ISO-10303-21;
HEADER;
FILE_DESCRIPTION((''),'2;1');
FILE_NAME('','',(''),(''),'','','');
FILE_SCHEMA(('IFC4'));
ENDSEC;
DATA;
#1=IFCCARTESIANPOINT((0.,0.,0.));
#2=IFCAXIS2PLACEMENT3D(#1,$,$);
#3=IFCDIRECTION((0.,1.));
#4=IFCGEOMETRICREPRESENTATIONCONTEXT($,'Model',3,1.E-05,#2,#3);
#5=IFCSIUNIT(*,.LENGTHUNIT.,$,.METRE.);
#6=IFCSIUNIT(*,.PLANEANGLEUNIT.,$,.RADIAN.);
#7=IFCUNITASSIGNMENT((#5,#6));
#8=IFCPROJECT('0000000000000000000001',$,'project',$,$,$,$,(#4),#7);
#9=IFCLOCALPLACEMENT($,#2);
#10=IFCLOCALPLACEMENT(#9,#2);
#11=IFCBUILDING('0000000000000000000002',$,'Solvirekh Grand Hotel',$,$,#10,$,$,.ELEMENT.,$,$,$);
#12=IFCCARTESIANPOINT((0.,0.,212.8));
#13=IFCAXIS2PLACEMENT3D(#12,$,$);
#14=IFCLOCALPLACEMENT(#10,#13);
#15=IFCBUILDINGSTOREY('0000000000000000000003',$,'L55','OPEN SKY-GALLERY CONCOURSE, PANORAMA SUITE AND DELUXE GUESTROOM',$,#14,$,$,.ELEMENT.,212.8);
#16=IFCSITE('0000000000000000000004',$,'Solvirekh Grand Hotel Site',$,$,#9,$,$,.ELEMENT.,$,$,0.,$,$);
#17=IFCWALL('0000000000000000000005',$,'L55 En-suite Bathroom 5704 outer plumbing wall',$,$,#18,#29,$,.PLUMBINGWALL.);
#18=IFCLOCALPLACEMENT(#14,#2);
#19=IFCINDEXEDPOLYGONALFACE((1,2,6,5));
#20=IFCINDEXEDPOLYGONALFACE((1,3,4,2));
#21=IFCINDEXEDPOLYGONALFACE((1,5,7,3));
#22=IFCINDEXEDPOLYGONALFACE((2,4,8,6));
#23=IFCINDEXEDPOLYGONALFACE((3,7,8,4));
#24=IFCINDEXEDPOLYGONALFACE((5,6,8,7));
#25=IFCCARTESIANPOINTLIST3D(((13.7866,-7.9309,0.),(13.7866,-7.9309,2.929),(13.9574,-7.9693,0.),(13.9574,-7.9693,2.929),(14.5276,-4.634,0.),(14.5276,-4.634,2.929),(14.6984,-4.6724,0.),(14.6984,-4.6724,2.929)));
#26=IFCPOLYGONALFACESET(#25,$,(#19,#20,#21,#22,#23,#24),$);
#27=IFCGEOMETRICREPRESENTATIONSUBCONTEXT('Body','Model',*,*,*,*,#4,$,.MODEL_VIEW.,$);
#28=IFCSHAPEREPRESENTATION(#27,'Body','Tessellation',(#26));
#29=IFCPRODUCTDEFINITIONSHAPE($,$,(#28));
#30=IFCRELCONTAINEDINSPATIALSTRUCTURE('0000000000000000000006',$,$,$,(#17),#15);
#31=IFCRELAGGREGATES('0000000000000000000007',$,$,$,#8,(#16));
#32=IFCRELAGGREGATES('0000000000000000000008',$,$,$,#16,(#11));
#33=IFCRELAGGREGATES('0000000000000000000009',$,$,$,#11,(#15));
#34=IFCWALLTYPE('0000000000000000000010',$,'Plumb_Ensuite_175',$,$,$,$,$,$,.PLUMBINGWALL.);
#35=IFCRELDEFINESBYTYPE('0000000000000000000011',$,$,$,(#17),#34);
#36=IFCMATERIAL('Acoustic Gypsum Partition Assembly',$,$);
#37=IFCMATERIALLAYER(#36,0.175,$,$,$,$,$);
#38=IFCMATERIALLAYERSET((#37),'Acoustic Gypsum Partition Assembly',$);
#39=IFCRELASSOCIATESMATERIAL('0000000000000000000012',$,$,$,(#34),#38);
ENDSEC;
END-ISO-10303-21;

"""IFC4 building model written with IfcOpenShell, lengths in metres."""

from ifc_helpers import new_model, si_unit, direction, frame, frame_2d, origin, place, context, subcontext, project, spatial, rectangle, extrude, material, layer, layer_set, type_object, element, save


model = new_model("IFC4")

# Units and contexts
model_context = context("Model", 3, precision=1e-05, world=origin(), true_north=direction((0.0, 1.0)))
body_context = subcontext(model_context, "Body", "Model", "MODEL_VIEW")
ifc_project = project(units=[si_unit("LENGTHUNIT", "METRE"), si_unit("PLANEANGLEUNIT", "RADIAN")], contexts=[model_context])

# Site, building, storey
site_placement = place(None, origin())
site = spatial("IfcSite", under=ifc_project, at=site_placement, Name="Solvirekh Grand Hotel Site", CompositionType="ELEMENT", RefElevation=0.0)
building_placement = place(site_placement, origin())
building = spatial("IfcBuilding", under=site, at=building_placement, Name="Solvirekh Grand Hotel", CompositionType="ELEMENT")
storey_placement = place(building_placement, frame((0.0, 0.0, 212.8)))
storey = spatial("IfcBuildingStorey", under=building, at=storey_placement, Name="L55", Description="OPEN SKY-GALLERY CONCOURSE, PANORAMA SUITE AND DELUXE GUESTROOM", CompositionType="ELEMENT", Elevation=212.8)

# Shared definitions
ifc_material_1 = material(Name="Acoustic Gypsum Partition Assembly")

# Wall
ifc_layer_1 = layer(ifc_material_1, 0.175)
ifc_layer_set_1 = layer_set([ifc_layer_1], Name="Acoustic Gypsum Partition Assembly")
wall_type_1 = type_object("IfcWallType", Name="Plumb_Ensuite_175", PredefinedType="PLUMBINGWALL", material=ifc_layer_set_1)
wall_1_placement = place(storey_placement, frame((13.8721, -7.95, 0.0), z_axis=(0.0, 0.0, 1.0), x_axis=(0.219278, 0.975662, 0.0)))
element("IfcWall", 1, at=wall_1_placement, inside=storey, type_object=wall_type_1, Name="L55 En-suite Bathroom 5704 outer plumbing wall", PredefinedType="PLUMBINGWALL", context=body_context, shape_type="SweptSolid", body=[
    extrude(rectangle(XDim=3.3792, YDim=0.175, at=frame_2d((1.6895, 0.0))), origin(), (0.0, 0.0, 1.0), 2.929),
])

save(model, "model.ifc")
